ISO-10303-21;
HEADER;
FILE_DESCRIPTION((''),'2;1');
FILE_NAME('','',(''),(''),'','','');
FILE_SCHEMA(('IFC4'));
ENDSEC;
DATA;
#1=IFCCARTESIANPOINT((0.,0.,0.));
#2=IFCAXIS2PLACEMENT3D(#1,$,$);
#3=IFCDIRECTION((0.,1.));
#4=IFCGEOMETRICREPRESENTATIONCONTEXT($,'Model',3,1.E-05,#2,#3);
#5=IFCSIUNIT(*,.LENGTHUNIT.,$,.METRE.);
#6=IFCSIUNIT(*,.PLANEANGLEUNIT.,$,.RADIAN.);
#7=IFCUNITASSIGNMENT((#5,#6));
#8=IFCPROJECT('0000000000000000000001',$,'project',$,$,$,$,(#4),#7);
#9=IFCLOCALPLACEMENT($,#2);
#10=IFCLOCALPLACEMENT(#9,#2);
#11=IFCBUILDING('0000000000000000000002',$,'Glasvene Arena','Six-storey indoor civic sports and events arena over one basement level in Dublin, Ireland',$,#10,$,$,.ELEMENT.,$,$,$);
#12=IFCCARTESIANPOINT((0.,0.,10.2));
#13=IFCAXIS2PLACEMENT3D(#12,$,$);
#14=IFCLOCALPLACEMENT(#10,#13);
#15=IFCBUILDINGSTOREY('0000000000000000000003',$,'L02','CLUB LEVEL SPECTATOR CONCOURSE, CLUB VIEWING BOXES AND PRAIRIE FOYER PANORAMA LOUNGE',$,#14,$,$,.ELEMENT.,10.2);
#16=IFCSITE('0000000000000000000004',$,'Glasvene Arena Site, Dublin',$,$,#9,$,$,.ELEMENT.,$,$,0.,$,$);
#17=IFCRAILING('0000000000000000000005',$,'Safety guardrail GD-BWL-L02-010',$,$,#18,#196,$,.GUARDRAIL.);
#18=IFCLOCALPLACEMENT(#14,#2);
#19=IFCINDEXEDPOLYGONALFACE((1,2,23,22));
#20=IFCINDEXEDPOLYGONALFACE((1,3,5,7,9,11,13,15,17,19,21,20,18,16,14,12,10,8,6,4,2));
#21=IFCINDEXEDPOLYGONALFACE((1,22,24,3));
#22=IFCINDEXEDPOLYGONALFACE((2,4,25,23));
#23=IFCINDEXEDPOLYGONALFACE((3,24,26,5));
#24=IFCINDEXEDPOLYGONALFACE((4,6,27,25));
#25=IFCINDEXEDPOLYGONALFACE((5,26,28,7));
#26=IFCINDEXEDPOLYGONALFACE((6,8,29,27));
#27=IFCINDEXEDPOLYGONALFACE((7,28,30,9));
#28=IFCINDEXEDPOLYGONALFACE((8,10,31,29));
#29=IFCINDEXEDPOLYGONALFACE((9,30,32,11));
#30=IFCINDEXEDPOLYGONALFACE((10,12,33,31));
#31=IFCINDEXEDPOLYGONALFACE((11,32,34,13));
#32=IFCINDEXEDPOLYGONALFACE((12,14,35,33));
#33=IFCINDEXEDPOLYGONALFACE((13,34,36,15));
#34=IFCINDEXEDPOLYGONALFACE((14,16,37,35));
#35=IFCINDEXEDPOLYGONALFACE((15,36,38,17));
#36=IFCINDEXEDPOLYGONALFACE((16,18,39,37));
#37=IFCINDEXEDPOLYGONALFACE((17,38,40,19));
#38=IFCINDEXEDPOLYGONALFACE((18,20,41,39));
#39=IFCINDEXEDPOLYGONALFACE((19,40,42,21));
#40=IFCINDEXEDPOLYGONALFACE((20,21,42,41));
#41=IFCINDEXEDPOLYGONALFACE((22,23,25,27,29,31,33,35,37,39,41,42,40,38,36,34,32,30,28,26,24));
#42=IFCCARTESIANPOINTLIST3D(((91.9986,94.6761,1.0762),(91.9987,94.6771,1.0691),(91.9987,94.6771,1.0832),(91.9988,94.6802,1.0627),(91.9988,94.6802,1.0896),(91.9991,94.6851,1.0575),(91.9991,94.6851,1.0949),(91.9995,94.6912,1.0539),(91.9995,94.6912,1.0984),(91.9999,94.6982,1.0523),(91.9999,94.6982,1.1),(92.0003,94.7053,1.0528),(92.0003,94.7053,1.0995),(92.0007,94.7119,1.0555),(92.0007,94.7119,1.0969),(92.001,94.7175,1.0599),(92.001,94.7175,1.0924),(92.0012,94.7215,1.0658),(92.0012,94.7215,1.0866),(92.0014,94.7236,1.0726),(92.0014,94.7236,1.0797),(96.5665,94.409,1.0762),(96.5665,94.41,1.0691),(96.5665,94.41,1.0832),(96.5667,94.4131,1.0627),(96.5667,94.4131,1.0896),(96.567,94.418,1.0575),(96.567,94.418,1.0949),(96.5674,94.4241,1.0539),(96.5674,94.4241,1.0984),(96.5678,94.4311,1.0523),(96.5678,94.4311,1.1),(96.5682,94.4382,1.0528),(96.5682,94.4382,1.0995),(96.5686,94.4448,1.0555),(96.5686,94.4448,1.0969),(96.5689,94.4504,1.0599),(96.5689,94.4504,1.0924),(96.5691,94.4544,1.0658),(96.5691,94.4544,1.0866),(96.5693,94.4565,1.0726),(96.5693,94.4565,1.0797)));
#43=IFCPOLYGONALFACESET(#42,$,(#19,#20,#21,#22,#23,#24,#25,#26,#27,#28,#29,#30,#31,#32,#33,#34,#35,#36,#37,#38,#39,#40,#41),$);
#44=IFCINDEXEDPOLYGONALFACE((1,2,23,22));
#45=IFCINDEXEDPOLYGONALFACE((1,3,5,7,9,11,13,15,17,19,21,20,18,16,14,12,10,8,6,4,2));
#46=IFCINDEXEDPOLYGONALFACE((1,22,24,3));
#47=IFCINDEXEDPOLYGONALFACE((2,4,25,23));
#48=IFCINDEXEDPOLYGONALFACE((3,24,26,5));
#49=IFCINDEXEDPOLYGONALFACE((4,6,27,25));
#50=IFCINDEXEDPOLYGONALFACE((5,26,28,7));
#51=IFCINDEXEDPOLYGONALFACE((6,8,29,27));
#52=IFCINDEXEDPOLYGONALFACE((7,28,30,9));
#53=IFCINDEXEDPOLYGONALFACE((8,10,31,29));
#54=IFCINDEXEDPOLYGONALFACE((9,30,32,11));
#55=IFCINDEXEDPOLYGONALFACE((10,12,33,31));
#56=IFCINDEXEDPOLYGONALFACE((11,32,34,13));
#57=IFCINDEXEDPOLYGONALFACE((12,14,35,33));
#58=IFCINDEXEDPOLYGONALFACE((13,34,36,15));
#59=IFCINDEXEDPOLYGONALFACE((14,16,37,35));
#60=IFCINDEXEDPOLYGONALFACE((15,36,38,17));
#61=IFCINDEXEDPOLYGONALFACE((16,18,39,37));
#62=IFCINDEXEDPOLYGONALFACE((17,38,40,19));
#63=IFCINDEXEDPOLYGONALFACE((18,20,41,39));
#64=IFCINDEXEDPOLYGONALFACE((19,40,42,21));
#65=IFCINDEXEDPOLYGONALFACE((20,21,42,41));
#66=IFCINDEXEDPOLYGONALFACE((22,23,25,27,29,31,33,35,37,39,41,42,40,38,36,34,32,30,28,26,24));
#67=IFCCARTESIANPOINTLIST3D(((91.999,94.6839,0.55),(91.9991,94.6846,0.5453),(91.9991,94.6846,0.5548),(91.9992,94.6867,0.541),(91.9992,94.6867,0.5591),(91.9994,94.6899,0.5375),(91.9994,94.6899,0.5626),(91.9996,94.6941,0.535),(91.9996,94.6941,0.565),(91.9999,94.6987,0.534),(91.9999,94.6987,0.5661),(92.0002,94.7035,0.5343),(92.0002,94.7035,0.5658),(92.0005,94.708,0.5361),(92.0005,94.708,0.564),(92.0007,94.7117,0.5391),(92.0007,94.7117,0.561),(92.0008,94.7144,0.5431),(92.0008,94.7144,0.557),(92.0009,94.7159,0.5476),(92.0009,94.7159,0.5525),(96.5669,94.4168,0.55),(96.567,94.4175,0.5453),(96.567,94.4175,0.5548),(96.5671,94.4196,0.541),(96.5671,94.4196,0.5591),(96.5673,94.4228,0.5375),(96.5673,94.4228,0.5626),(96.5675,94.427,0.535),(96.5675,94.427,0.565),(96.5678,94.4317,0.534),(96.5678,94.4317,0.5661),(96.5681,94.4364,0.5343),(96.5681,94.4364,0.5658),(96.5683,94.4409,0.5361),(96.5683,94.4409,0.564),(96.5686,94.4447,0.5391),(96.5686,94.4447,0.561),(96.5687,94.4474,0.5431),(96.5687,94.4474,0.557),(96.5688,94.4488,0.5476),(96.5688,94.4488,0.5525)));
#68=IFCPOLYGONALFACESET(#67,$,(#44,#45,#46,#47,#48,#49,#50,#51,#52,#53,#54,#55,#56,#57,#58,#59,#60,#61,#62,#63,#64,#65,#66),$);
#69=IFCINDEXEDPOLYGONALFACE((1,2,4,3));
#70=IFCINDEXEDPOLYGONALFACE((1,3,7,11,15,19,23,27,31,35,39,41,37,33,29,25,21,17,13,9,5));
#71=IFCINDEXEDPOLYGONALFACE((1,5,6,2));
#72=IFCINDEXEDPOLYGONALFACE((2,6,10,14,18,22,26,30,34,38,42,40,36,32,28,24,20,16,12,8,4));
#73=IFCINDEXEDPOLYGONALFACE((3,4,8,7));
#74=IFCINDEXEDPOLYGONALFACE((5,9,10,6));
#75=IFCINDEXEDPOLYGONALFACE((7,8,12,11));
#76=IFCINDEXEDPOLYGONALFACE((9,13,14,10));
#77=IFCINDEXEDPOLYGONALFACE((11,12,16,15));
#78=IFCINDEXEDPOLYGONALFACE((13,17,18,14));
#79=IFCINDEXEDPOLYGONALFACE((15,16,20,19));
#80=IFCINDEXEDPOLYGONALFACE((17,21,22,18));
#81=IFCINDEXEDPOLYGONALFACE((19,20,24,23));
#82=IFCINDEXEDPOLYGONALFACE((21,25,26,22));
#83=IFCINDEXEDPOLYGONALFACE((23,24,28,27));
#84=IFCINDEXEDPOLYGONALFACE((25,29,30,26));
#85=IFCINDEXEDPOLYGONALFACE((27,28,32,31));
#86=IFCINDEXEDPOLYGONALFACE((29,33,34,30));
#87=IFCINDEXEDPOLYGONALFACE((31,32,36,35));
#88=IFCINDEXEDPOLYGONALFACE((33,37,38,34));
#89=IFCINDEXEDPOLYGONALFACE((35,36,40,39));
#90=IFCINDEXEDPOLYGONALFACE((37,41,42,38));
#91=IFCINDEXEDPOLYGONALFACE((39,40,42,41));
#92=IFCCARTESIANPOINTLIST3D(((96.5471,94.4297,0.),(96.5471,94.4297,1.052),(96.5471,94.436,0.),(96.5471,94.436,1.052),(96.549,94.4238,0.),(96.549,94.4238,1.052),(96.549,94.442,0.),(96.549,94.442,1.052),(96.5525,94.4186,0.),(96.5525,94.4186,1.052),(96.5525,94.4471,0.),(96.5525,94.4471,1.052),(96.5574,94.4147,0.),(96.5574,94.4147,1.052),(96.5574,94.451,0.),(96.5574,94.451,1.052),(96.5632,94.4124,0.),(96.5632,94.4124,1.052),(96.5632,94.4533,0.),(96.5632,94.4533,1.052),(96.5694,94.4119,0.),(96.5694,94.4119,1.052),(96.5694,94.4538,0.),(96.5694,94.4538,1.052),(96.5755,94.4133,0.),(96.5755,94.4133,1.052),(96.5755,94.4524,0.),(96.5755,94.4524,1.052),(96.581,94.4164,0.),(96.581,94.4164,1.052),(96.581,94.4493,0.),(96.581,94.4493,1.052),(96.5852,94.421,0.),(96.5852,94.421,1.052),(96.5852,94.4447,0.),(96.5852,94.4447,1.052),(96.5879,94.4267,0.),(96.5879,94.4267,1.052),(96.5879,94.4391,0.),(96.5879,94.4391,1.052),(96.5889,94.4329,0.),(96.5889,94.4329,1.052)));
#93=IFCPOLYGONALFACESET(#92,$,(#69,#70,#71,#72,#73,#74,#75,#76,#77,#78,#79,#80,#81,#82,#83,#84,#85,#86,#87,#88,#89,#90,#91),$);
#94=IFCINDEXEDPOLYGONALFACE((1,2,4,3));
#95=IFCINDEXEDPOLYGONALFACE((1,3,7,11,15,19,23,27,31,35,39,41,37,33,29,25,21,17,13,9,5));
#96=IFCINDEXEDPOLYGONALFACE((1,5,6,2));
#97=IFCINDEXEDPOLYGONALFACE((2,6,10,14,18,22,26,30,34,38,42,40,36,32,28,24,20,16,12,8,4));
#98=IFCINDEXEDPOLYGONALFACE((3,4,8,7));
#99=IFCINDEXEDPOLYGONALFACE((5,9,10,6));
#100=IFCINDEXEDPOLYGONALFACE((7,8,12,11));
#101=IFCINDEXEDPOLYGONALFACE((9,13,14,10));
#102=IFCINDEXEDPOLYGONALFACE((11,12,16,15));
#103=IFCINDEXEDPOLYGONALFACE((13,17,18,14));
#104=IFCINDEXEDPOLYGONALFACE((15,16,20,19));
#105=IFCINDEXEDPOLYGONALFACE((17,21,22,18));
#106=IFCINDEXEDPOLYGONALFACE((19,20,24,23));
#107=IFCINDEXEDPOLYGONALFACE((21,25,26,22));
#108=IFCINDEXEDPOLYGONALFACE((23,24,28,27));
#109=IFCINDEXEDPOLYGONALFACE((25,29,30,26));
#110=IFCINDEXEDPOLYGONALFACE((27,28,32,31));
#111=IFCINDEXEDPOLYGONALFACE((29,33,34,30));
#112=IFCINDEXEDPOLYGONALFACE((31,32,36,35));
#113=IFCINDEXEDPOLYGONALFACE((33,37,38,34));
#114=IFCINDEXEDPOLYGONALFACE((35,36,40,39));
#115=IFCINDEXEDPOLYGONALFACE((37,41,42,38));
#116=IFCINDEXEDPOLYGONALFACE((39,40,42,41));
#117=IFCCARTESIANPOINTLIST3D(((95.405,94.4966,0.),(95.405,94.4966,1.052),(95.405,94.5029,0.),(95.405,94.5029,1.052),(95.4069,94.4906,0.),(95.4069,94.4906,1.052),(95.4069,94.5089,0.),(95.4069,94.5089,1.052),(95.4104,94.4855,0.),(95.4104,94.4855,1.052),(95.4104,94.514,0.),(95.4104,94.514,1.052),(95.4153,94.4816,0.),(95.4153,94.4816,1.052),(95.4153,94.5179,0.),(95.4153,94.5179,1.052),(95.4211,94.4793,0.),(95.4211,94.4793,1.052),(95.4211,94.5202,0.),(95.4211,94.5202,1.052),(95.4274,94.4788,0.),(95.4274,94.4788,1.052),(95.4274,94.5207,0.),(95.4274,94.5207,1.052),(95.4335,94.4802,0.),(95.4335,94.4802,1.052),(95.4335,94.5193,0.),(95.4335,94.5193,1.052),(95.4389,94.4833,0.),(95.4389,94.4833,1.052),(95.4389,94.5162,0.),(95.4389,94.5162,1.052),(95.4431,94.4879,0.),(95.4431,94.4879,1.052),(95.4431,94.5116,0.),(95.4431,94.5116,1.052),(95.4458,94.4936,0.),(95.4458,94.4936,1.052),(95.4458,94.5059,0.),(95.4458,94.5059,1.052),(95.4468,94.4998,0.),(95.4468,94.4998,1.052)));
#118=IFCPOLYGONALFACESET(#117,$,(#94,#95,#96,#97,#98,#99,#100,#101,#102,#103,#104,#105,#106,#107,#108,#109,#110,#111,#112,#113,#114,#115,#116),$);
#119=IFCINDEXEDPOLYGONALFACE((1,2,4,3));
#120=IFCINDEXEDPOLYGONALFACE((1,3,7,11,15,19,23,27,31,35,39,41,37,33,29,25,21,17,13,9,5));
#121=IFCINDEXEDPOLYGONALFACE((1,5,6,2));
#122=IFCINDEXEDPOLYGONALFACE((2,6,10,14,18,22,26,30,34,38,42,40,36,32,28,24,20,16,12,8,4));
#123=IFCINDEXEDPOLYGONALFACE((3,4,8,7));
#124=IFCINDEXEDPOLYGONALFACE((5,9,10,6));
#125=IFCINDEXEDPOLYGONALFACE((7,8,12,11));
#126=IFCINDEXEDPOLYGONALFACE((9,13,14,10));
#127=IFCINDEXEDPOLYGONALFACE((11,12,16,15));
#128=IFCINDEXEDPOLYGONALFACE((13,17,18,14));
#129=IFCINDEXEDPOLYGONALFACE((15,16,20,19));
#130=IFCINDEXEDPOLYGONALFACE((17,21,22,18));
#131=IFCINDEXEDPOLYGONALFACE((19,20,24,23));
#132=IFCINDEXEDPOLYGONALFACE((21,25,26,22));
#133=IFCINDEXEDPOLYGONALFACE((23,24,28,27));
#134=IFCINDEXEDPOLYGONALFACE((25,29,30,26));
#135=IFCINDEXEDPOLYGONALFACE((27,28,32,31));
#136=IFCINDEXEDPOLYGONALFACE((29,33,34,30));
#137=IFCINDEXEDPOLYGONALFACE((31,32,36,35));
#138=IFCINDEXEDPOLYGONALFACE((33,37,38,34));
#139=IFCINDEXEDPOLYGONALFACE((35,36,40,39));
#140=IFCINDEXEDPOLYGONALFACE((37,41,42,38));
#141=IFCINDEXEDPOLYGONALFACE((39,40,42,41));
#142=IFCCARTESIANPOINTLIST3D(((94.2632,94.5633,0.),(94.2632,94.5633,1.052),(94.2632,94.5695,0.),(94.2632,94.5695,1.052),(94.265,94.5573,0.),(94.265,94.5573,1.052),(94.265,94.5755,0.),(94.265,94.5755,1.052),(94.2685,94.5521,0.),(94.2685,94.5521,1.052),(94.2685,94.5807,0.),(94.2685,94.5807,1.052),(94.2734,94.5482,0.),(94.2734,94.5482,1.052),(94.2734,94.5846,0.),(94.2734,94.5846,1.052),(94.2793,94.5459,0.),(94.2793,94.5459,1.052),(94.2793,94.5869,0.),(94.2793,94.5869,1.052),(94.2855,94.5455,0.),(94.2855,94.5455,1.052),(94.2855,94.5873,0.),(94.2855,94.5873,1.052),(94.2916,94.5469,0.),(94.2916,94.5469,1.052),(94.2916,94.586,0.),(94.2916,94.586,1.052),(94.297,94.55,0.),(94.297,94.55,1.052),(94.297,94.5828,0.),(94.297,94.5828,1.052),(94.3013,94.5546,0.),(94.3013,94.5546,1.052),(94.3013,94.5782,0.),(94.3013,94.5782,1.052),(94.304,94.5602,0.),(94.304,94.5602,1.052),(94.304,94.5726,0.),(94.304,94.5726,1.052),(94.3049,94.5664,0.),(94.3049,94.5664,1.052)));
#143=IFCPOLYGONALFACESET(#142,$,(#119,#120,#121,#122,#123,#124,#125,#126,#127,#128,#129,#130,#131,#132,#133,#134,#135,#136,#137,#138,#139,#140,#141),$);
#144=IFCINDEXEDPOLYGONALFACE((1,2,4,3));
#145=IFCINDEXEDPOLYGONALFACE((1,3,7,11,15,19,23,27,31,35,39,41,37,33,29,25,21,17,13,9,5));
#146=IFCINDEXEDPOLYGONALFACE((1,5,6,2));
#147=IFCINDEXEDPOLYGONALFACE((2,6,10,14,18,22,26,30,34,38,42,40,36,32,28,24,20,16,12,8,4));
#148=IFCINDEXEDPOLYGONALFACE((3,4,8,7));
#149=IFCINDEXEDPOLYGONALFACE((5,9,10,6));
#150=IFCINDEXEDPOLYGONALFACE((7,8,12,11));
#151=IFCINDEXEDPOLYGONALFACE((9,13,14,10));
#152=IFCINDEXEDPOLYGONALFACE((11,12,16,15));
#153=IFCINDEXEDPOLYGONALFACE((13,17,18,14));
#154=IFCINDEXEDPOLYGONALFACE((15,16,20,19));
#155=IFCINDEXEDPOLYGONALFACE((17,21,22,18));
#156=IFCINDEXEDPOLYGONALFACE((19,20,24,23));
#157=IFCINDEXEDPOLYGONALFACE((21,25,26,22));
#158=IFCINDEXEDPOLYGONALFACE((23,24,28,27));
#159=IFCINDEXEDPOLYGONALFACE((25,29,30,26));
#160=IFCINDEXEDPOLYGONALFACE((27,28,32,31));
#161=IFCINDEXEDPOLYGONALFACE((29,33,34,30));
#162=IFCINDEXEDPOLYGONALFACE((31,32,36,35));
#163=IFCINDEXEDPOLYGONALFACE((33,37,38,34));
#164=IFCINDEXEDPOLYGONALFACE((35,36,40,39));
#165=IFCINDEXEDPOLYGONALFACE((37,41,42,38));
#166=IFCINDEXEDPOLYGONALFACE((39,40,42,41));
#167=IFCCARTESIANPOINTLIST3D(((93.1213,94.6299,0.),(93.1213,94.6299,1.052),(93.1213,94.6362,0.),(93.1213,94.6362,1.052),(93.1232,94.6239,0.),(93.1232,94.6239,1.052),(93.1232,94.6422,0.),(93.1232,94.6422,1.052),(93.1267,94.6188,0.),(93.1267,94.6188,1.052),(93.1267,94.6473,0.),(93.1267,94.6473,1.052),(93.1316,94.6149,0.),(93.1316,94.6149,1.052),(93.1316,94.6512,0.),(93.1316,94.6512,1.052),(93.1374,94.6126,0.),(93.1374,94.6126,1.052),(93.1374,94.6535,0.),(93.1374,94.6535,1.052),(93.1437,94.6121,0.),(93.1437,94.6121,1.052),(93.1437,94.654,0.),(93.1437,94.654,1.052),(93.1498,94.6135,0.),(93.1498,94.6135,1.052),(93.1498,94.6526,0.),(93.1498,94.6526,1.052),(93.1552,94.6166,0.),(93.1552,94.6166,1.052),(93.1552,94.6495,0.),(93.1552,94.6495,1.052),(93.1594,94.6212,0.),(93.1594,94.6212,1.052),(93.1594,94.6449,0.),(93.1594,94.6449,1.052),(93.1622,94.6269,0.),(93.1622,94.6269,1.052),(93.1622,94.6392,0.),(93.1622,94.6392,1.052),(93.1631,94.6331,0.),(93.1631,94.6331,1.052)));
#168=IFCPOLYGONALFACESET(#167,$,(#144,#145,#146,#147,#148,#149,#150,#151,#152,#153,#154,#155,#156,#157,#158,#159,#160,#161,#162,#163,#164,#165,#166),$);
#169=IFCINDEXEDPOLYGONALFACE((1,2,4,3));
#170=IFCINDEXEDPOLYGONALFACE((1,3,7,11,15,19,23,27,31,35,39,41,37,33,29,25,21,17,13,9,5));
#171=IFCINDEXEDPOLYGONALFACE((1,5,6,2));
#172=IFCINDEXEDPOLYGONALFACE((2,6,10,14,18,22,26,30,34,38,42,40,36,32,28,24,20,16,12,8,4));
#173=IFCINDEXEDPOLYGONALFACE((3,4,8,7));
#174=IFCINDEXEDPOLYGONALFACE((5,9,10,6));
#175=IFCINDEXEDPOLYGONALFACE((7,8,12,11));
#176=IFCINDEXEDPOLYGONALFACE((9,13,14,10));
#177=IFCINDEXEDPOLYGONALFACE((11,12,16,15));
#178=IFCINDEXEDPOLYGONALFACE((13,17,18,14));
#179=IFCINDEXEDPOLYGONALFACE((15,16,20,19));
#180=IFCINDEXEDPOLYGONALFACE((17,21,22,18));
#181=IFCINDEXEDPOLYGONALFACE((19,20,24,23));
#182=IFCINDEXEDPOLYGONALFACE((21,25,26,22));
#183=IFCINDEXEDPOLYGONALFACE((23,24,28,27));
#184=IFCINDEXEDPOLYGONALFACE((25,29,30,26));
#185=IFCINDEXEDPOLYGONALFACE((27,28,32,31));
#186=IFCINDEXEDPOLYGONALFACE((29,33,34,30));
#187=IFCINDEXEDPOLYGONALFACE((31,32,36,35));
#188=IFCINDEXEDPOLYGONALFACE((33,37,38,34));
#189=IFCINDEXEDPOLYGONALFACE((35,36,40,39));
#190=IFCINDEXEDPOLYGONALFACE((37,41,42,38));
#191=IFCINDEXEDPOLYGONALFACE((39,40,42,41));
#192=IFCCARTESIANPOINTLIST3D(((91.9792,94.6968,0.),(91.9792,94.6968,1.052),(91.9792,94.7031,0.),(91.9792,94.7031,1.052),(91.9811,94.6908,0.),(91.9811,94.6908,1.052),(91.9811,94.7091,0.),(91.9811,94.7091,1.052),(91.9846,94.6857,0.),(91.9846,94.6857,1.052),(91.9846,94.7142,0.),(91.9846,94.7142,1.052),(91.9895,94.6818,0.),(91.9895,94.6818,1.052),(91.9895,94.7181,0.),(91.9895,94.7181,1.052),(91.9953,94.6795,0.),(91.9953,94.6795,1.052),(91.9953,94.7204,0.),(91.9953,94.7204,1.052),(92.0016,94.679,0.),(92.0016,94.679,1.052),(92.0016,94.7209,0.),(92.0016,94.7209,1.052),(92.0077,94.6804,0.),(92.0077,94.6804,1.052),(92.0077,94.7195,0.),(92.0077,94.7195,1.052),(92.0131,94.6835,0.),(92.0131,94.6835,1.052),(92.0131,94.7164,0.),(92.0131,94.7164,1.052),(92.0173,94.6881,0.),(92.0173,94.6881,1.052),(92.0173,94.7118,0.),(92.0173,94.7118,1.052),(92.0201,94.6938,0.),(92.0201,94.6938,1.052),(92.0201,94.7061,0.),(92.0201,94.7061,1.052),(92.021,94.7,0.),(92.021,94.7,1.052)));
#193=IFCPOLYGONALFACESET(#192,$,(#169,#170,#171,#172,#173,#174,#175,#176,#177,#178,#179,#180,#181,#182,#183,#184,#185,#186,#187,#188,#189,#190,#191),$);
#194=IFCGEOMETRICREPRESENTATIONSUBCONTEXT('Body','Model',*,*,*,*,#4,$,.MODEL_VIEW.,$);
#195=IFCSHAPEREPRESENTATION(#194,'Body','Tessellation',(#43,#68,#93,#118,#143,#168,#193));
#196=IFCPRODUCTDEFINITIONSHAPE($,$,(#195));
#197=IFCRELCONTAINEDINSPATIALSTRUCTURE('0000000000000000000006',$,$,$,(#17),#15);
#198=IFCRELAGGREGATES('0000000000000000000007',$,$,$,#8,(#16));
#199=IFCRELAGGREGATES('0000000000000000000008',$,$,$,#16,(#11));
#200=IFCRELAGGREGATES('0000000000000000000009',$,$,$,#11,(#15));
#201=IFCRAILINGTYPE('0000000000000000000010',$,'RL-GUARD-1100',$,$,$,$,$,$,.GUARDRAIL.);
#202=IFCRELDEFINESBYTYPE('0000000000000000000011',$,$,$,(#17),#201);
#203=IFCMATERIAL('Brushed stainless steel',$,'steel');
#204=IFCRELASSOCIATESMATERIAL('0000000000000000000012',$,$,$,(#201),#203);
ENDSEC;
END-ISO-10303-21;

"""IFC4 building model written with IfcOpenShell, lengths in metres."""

from ifc_helpers import new_model, si_unit, direction, frame, origin, origin_2d, place, context, subcontext, project, spatial, circle, extrude, material, type_object, element, save


model = new_model("IFC4")

# Units and contexts
model_context = context("Model", 3, precision=1e-05, world=origin(), true_north=direction((0.0, 1.0)))
body_context = subcontext(model_context, "Body", "Model", "MODEL_VIEW")
ifc_project = project(units=[si_unit("LENGTHUNIT", "METRE"), si_unit("PLANEANGLEUNIT", "RADIAN")], contexts=[model_context])

# Site, building, storey
site_placement = place(None, origin())
site = spatial("IfcSite", under=ifc_project, at=site_placement, Name="Glasvene Arena Site, Dublin", CompositionType="ELEMENT", RefElevation=0.0)
building_placement = place(site_placement, origin())
building = spatial("IfcBuilding", under=site, at=building_placement, Name="Glasvene Arena", Description="Six-storey indoor civic sports and events arena over one basement level in Dublin, Ireland", CompositionType="ELEMENT")
storey_placement = place(building_placement, frame((0.0, 0.0, 10.2)))
storey = spatial("IfcBuildingStorey", under=building, at=storey_placement, Name="L02", Description="CLUB LEVEL SPECTATOR CONCOURSE, CLUB VIEWING BOXES AND PRAIRIE FOYER PANORAMA LOUNGE", CompositionType="ELEMENT", Elevation=10.2)

# Railing
ifc_material_1 = material(Name="Brushed stainless steel", Category="steel")
railing_type = type_object("IfcRailingType", Name="RL-GUARD-1100", PredefinedType="GUARDRAIL", material=ifc_material_1)
railing_1_placement = place(storey_placement, frame((96.5679, 94.4329, 0.0)))
element("IfcRailing", 1, at=railing_1_placement, inside=storey, type_object=railing_type, Name="Safety guardrail GD-BWL-L02-010", PredefinedType="GUARDRAIL", context=body_context, shape_type="SweptSolid", body=[
    extrude(circle(Radius=0.0239, at=origin_2d()), frame((0.0, 0.0, 1.0762), z_axis=(-0.998295, 0.058372, 0.0), x_axis=(-0.058372, -0.998295, 0.0)), (0.0, 0.0, 1.0), 4.5757),
    extrude(circle(Radius=0.0161, at=origin_2d()), frame((0.0, 0.0, 0.55), z_axis=(-0.998295, 0.058372, 0.0), x_axis=(-0.058372, -0.998295, 0.0)), (0.0, 0.0, 1.0), 4.5757),
    extrude(circle(Radius=0.021, at=origin_2d()), origin(), (0.0, 0.0, 1.0), 1.052),
    extrude(circle(Radius=0.021, at=origin_2d()), frame((-1.1421, 0.0669, 0.0)), (0.0, 0.0, 1.0), 1.052),
    extrude(circle(Radius=0.021, at=origin_2d()), frame((-2.2839, 0.1335, 0.0)), (0.0, 0.0, 1.0), 1.052),
    extrude(circle(Radius=0.021, at=origin_2d()), frame((-3.4258, 0.2002, 0.0)), (0.0, 0.0, 1.0), 1.052),
    extrude(circle(Radius=0.021, at=origin_2d()), frame((-4.5679, 0.2671, 0.0)), (0.0, 0.0, 1.0), 1.052),
])

save(model, "model.ifc")
